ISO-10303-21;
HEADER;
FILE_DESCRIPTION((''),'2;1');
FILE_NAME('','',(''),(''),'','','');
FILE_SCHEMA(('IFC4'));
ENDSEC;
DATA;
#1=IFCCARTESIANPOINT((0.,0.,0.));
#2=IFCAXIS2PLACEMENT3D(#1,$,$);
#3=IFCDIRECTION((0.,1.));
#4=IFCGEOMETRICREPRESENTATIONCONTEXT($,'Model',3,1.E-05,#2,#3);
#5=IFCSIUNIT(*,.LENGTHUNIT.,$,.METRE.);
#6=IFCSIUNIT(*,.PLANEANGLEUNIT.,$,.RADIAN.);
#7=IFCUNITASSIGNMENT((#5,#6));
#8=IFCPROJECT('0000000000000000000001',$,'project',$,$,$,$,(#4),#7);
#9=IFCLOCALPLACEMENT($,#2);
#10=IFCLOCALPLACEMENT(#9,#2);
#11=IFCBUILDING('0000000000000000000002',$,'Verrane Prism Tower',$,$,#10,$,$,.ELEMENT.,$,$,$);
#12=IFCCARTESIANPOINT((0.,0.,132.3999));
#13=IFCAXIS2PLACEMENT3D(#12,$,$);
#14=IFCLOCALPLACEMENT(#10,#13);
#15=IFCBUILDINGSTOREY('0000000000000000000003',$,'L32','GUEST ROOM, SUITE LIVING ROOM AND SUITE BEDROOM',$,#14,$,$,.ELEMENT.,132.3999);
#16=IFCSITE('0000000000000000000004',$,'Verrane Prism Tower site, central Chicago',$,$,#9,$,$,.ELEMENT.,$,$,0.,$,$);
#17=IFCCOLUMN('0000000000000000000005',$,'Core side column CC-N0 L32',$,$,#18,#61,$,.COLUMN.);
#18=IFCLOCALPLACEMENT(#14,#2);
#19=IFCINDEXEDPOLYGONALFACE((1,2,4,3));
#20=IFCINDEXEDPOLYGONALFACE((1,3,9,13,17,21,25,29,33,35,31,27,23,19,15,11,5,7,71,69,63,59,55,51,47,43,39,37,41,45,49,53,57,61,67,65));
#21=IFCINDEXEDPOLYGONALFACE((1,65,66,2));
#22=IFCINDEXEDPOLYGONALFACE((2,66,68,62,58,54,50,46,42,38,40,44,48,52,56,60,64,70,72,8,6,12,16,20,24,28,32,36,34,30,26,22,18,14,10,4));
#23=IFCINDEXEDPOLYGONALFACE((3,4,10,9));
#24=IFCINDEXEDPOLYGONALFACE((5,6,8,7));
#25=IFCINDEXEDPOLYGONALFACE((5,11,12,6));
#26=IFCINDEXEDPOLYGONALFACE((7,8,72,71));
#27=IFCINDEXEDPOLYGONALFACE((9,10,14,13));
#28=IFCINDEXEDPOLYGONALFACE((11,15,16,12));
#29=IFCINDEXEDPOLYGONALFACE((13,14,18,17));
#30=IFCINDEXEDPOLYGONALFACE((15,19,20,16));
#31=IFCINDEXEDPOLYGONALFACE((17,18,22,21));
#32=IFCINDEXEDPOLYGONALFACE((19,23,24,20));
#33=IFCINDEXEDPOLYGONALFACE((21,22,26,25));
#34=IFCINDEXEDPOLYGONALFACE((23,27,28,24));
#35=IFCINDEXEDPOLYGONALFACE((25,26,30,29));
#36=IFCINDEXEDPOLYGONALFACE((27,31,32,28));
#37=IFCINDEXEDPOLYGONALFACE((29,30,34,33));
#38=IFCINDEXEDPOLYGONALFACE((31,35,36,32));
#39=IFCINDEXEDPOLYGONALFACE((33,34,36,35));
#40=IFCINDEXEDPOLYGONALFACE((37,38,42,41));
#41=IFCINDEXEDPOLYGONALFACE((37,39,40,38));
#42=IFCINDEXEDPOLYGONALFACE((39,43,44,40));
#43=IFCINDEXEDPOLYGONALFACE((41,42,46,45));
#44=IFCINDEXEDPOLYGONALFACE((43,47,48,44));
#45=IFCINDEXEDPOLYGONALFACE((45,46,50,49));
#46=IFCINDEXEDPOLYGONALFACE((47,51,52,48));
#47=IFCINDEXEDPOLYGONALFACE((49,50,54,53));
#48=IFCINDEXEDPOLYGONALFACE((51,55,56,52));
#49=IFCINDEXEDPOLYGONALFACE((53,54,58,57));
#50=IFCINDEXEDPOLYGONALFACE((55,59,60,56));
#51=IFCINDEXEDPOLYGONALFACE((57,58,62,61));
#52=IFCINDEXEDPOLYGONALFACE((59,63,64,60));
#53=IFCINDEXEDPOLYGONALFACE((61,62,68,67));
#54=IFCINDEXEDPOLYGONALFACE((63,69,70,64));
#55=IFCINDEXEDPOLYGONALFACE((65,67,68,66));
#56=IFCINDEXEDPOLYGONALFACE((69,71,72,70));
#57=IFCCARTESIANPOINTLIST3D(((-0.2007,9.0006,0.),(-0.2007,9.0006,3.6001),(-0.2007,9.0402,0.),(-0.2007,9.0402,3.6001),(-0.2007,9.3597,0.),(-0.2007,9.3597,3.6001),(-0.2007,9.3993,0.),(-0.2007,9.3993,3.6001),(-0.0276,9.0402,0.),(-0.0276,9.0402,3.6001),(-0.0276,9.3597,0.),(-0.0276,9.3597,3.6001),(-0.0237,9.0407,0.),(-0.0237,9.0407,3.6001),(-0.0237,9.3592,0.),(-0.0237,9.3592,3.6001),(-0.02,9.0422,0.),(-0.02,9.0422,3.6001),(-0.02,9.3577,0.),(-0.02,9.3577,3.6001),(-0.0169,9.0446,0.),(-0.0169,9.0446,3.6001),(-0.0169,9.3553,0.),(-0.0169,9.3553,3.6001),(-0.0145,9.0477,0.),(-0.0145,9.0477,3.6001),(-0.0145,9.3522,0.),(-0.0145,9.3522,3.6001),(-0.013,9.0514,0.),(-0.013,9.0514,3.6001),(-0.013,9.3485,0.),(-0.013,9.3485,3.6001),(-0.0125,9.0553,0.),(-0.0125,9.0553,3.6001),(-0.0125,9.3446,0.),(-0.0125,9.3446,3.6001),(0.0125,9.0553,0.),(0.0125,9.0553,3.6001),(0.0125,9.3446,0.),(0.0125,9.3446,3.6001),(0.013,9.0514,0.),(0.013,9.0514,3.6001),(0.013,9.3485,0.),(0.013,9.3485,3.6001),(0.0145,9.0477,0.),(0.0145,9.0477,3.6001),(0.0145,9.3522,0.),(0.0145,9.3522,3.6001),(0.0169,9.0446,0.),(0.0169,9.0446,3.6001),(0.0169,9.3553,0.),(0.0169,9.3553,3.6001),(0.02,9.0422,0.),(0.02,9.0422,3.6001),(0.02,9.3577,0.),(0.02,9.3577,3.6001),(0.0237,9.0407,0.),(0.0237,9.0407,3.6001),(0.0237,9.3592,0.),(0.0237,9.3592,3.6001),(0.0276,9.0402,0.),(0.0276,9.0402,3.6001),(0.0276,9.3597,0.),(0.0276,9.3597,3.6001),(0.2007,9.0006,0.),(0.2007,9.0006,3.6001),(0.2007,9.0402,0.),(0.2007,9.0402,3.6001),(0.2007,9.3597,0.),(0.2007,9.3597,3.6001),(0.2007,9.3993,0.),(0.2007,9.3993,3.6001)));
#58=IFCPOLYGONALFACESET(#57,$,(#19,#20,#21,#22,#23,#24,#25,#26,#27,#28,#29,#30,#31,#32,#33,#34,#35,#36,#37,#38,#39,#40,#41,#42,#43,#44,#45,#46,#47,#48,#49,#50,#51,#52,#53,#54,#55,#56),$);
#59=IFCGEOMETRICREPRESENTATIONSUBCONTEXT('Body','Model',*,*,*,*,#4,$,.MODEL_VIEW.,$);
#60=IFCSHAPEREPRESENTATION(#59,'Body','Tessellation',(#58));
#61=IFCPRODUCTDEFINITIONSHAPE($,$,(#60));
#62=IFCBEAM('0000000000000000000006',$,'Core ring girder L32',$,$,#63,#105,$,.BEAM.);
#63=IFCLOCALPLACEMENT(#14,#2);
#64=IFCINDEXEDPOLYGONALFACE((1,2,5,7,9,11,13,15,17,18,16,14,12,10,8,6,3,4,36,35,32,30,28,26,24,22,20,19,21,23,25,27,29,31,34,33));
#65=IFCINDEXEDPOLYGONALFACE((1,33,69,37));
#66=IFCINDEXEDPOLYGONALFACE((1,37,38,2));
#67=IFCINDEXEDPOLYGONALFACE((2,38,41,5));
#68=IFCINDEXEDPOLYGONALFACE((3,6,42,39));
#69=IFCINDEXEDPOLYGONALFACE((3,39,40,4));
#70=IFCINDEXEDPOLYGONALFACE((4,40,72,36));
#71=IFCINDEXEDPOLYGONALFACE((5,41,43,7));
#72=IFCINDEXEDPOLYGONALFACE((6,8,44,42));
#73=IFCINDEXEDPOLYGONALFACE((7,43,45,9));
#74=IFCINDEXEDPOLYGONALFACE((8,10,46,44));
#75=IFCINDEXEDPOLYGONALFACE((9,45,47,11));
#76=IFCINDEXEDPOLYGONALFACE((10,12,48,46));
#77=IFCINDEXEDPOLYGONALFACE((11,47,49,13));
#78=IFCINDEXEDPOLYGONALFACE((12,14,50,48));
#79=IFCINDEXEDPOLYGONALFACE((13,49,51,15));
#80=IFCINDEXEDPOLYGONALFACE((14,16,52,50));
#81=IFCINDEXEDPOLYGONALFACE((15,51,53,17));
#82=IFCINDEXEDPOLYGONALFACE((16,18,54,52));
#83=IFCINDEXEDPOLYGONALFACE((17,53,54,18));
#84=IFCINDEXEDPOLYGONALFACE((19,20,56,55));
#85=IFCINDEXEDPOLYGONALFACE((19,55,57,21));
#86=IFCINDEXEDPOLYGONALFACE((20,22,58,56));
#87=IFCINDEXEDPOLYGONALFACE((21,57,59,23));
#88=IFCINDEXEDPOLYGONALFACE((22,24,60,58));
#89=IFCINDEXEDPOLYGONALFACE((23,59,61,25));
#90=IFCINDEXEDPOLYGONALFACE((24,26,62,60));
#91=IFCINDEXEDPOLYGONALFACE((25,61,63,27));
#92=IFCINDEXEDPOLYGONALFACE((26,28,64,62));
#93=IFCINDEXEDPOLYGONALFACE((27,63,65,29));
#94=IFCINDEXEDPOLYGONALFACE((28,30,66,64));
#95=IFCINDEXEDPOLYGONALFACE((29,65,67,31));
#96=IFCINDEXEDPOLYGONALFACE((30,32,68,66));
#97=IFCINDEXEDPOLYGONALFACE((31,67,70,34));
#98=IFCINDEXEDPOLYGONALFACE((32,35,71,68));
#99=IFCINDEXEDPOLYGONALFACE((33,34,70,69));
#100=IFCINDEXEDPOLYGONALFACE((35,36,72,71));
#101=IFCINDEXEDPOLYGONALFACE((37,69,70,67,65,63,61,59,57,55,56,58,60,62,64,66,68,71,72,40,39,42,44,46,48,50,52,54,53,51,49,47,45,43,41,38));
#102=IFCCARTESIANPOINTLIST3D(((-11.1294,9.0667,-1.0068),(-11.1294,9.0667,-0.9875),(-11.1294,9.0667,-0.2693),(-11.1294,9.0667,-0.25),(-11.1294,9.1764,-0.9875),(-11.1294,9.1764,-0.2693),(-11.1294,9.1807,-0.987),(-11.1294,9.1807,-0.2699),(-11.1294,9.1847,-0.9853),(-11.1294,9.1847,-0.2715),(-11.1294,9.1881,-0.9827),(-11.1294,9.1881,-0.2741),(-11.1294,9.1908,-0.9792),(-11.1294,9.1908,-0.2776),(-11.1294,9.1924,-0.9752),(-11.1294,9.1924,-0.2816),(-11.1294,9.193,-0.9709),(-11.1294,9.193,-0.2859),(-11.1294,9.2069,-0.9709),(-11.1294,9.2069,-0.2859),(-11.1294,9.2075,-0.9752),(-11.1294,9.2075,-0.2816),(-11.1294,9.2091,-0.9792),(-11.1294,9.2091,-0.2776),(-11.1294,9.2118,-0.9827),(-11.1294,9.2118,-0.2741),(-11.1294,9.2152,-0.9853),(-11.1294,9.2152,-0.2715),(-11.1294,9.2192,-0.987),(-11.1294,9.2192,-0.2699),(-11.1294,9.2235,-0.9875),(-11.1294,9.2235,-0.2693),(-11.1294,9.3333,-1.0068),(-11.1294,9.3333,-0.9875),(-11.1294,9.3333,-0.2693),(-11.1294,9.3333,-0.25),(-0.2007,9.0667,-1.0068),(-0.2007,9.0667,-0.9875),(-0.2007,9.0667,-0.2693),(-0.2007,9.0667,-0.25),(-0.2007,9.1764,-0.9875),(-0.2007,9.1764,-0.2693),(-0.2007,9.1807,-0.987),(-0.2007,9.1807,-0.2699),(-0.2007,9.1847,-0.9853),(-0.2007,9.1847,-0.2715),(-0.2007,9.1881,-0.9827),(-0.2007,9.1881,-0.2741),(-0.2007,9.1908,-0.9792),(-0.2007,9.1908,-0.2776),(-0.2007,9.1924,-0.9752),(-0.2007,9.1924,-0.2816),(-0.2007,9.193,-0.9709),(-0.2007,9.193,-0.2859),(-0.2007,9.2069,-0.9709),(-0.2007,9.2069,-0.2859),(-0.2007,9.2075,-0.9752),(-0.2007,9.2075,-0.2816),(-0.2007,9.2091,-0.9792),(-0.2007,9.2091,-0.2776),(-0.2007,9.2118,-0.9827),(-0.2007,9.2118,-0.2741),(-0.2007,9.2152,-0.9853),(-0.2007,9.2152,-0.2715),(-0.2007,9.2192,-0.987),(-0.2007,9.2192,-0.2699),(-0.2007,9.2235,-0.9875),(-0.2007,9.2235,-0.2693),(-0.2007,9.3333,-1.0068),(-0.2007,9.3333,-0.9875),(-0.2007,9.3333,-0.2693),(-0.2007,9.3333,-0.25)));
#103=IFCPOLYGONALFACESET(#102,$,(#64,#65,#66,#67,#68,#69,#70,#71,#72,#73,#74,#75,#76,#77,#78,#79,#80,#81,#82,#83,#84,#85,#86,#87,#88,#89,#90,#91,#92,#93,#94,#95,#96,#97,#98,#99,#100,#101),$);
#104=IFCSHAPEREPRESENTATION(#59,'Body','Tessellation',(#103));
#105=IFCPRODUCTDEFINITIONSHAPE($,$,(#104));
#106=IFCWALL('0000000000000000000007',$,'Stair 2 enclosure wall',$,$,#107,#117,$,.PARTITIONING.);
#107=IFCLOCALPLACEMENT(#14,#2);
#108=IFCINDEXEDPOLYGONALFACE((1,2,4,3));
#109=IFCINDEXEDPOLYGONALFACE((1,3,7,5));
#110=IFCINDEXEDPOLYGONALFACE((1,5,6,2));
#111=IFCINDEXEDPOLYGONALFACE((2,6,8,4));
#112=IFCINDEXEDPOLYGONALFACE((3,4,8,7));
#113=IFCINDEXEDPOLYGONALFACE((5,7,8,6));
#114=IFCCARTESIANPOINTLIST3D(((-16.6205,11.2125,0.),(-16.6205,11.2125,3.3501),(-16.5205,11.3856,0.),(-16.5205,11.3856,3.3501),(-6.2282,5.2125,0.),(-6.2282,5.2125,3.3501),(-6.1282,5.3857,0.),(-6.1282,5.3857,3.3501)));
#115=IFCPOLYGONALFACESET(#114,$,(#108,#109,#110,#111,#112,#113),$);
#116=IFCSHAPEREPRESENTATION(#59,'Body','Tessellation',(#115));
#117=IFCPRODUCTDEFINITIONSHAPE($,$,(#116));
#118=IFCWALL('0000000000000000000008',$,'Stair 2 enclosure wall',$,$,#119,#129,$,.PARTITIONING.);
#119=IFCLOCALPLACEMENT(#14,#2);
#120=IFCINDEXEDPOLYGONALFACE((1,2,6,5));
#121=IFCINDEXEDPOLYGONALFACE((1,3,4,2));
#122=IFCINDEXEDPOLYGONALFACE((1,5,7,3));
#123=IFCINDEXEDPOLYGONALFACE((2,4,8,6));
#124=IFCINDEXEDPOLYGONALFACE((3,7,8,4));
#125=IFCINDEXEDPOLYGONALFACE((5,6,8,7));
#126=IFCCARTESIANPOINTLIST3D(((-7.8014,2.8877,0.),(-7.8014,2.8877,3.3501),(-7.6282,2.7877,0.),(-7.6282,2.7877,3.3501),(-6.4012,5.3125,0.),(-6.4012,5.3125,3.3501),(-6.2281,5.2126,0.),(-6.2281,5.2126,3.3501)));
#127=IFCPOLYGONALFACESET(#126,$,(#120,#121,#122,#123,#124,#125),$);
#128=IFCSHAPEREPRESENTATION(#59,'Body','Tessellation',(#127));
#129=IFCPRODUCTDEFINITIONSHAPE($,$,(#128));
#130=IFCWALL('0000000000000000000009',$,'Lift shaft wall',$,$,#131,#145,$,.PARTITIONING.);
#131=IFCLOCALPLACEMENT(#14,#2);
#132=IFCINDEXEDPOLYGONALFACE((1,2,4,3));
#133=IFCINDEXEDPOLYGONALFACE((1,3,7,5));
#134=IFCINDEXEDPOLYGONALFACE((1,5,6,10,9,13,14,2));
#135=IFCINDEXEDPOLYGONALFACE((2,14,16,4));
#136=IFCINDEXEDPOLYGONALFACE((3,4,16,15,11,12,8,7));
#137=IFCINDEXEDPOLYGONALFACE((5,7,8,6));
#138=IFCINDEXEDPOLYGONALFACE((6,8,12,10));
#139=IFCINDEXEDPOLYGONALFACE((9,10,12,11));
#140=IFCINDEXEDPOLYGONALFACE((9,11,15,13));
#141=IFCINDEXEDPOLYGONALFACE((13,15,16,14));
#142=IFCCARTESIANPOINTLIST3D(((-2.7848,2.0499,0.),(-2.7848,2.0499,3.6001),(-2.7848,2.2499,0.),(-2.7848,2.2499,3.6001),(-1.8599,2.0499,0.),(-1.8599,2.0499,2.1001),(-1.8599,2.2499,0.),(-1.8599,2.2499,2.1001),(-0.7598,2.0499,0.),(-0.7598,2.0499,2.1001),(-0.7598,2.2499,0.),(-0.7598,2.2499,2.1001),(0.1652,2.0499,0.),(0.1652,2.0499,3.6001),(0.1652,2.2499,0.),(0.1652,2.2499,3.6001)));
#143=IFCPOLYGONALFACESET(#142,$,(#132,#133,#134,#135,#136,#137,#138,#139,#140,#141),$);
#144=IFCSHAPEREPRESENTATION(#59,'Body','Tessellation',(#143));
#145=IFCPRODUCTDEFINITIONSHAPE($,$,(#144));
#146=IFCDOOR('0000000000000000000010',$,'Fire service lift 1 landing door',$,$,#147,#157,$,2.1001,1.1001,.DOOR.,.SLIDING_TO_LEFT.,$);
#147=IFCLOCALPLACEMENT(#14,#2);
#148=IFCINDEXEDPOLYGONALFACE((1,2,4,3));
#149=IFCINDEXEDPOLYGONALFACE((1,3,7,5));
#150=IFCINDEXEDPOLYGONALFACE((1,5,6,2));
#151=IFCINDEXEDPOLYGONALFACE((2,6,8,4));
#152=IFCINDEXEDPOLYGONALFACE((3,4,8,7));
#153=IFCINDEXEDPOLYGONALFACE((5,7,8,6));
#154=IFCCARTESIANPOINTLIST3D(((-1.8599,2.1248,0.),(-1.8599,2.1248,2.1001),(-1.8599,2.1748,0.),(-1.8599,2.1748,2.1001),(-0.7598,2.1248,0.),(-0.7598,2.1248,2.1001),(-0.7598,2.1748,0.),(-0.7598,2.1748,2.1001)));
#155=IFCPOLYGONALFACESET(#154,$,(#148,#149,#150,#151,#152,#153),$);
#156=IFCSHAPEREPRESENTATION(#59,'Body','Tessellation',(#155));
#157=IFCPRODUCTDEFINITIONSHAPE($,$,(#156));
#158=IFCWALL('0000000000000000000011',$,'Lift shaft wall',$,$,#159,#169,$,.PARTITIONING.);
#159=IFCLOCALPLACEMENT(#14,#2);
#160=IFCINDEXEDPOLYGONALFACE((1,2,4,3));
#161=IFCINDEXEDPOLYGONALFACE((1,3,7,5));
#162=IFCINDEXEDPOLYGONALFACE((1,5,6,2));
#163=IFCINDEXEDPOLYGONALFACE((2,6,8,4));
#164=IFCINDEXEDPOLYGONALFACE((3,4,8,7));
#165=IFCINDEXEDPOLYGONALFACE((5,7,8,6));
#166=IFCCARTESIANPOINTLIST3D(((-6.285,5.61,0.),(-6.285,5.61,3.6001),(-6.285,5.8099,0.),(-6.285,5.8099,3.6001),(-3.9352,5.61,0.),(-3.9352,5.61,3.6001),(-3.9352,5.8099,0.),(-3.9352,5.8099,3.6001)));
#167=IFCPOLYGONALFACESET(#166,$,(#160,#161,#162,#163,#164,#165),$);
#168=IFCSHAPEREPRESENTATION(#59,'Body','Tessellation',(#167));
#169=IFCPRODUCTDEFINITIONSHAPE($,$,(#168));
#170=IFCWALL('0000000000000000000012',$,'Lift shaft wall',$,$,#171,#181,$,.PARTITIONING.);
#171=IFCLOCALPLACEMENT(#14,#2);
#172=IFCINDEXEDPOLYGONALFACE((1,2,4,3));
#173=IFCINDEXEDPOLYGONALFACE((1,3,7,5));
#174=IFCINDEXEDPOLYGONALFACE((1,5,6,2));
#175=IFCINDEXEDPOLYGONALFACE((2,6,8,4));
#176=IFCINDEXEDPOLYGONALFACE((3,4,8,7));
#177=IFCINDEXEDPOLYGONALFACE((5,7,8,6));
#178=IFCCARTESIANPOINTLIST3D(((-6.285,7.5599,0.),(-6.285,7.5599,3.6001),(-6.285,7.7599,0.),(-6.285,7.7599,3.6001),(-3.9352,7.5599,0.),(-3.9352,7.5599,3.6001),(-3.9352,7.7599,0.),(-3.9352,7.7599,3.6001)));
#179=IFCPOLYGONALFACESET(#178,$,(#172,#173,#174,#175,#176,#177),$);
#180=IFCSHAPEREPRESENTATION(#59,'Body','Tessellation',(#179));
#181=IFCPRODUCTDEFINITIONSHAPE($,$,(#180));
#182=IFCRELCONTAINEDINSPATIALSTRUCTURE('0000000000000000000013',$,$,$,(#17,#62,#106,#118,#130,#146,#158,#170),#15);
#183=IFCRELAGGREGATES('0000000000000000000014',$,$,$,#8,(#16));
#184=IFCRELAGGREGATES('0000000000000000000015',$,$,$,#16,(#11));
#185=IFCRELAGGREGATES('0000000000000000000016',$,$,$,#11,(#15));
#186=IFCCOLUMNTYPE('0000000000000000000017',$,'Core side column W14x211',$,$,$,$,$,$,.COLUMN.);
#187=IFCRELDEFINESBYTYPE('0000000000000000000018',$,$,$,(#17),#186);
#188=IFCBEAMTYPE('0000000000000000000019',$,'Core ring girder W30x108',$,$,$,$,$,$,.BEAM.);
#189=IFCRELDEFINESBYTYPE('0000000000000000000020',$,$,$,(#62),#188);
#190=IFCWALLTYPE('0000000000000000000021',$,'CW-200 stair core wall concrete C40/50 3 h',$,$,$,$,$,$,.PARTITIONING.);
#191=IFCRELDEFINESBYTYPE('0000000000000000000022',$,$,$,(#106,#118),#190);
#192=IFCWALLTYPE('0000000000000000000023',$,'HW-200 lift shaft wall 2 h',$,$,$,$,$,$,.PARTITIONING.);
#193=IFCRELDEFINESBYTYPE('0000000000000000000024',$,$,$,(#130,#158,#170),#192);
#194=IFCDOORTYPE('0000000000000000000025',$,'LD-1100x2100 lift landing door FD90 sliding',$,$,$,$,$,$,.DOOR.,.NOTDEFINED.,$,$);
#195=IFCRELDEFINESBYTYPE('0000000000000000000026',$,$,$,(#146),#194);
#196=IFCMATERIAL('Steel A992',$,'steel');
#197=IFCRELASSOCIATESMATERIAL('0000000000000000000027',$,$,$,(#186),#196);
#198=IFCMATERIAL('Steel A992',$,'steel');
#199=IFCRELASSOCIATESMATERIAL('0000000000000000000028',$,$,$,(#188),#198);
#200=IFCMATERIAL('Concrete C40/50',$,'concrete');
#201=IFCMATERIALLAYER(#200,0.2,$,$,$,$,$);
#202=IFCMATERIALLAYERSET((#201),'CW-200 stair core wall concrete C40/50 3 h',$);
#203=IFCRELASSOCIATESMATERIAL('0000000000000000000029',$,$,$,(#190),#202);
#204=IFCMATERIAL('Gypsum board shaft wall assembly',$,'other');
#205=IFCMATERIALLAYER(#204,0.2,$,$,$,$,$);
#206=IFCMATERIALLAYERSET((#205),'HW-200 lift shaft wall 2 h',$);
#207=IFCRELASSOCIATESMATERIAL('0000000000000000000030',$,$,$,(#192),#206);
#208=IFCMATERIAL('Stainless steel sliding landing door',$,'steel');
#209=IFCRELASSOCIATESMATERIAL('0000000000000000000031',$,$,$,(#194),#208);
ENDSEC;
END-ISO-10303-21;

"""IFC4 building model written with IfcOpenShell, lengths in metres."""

from ifc_helpers import new_model, si_unit, direction, frame, frame_2d, origin, origin_2d, place, context, subcontext, project, spatial, rectangle, i_section, extrude, material, layer, layer_set, material_profile, profile_set, type_object, element, fill, save


model = new_model("IFC4")

# Units and contexts
model_context = context("Model", 3, precision=1e-05, world=origin(), true_north=direction((0.0, 1.0)))
body_context = subcontext(model_context, "Body", "Model", "MODEL_VIEW")
ifc_project = project(units=[si_unit("LENGTHUNIT", "METRE"), si_unit("PLANEANGLEUNIT", "RADIAN")], contexts=[model_context])

# Site, building, storey
site_placement = place(None, origin())
site = spatial("IfcSite", under=ifc_project, at=site_placement, Name="Verrane Prism Tower site, central Chicago", CompositionType="ELEMENT", RefElevation=0.0)
building_placement = place(site_placement, origin())
building = spatial("IfcBuilding", under=site, at=building_placement, Name="Verrane Prism Tower", CompositionType="ELEMENT")
storey_placement = place(building_placement, frame((0.0, 0.0, 132.3999)))
storey = spatial("IfcBuildingStorey", under=building, at=storey_placement, Name="L32", Description="GUEST ROOM, SUITE LIVING ROOM AND SUITE BEDROOM", CompositionType="ELEMENT", Elevation=132.3999)

# Column
ifc_material_1 = material(Name="Steel A992", Category="steel")
ifc_material_profile_1 = material_profile(ifc_material_1, i_section(OverallWidth=0.4014, OverallDepth=0.3987, WebThickness=0.0249, FlangeThickness=0.0396, FilletRadius=0.0151, at=origin_2d()), Name="W14x211")
ifc_profile_set_1 = profile_set([ifc_material_profile_1], Name="Steel A992")
column_type = type_object("IfcColumnType", Name="Core side column W14x211", PredefinedType="COLUMN", material=ifc_profile_set_1)
column_placement = place(storey_placement, frame((0.0, 9.2, 0.0), z_axis=(0.0, 0.0, 1.0), x_axis=(1.0, 0.0, 0.0)))
element("IfcColumn", 1, at=column_placement, inside=storey, type_object=column_type, Name="Core side column CC-N0 L32", PredefinedType="COLUMN", context=body_context, shape_type="SweptSolid", body=[
    extrude(i_section(OverallWidth=0.4014, OverallDepth=0.3987, WebThickness=0.0249, FlangeThickness=0.0396, FilletRadius=0.0151, at=origin_2d()), origin(), (0.0, 0.0, 1.0), 3.6001),
])

# Beam
ifc_material_2 = material(Name="Steel A992", Category="steel")
ifc_material_profile_2 = material_profile(ifc_material_2, i_section(OverallWidth=0.2666, OverallDepth=0.7568, WebThickness=0.0139, FlangeThickness=0.0193, FilletRadius=0.0166, at=origin_2d()), Name="W30x108")
ifc_profile_set_2 = profile_set([ifc_material_profile_2], Name="Steel A992")
beam_type = type_object("IfcBeamType", Name="Core ring girder W30x108", PredefinedType="BEAM", material=ifc_profile_set_2)
beam_placement = place(storey_placement, frame((-0.2007, 9.2, -0.6284), z_axis=(-1.0, 0.0, 0.0), x_axis=(0.0, -1.0, 0.0)))
element("IfcBeam", 2, at=beam_placement, inside=storey, type_object=beam_type, Name="Core ring girder L32", PredefinedType="BEAM", context=body_context, shape_type="SweptSolid", body=[
    extrude(i_section(OverallWidth=0.2666, OverallDepth=0.7568, WebThickness=0.0139, FlangeThickness=0.0193, FilletRadius=0.0166, at=origin_2d()), origin(), (0.0, 0.0, 1.0), 10.9287),
])

# Walls
ifc_material_3 = material(Name="Concrete C40/50", Category="concrete")
ifc_layer_1 = layer(ifc_material_3, 0.2)
ifc_layer_set_1 = layer_set([ifc_layer_1], Name="CW-200 stair core wall concrete C40/50 3 h")
wall_type_1 = type_object("IfcWallType", Name="CW-200 stair core wall concrete C40/50 3 h", PredefinedType="PARTITIONING", material=ifc_layer_set_1)
wall_1_placement = place(storey_placement, frame((-6.1782, 5.2991, 0.0), z_axis=(0.0, 0.0, 1.0), x_axis=(-0.866026, 0.499999, 0.0)))
element("IfcWall", 3, at=wall_1_placement, inside=storey, type_object=wall_type_1, Name="Stair 2 enclosure wall", PredefinedType="PARTITIONING", context=body_context, shape_type="SweptSolid", body=[
    extrude(rectangle(XDim=12.0, YDim=0.2, at=frame_2d((6.0, 0.0))), origin(), (0.0, 0.0, 1.0), 3.3501),
])
wall_2_placement = place(storey_placement, frame((-6.3147, 5.2625, 0.0), z_axis=(0.0, 0.0, 1.0), x_axis=(-0.50005, -0.865997, 0.0)))
element("IfcWall", 4, at=wall_2_placement, inside=storey, type_object=wall_type_1, Name="Stair 2 enclosure wall", PredefinedType="PARTITIONING", context=body_context, shape_type="SweptSolid", body=[
    extrude(rectangle(XDim=2.8, YDim=0.2, at=frame_2d((1.3999, 0.0))), origin(), (0.0, 0.0, 1.0), 3.3501),
])

# Wall, opening, door
ifc_material_4 = material(Name="Gypsum board shaft wall assembly", Category="other")
ifc_layer_2 = layer(ifc_material_4, 0.2)
ifc_layer_set_2 = layer_set([ifc_layer_2], Name="HW-200 lift shaft wall 2 h")
wall_type_2 = type_object("IfcWallType", Name="HW-200 lift shaft wall 2 h", PredefinedType="PARTITIONING", material=ifc_layer_set_2)
wall_3_placement = place(storey_placement, frame((-2.7849, 2.1499, 0.0), z_axis=(0.0, 0.0, 1.0), x_axis=(1.0, 0.0, 0.0)))
wall_3 = element("IfcWall", 5, at=wall_3_placement, inside=storey, type_object=wall_type_2, Name="Lift shaft wall", PredefinedType="PARTITIONING", context=body_context, shape_type="SweptSolid", body=[
    extrude(rectangle(XDim=2.95, YDim=0.2, at=frame_2d((1.4751, 0.0))), origin(), (0.0, 0.0, 1.0), 3.6001),
])
opening_1_placement = place(wall_3_placement, frame((0.925, 0.0, 0.0)))
opening_1 = element("IfcOpeningElement", 6, at=opening_1_placement, cuts=wall_3, PredefinedType="OPENING", context=body_context, shape_type="SweptSolid", body=[
    extrude(rectangle(XDim=1.1001, YDim=2.1001, at=frame_2d((0.55, 1.05))), frame((0.0, 0.1099, 0.0), z_axis=(0.0, -1.0, 0.0), x_axis=(1.0, 0.0, 0.0)), (0.0, 0.0, 1.0), 0.22),
])
ifc_material_5 = material(Name="Stainless steel sliding landing door", Category="steel")
door_type_1 = type_object("IfcDoorType", Name="LD-1100x2100 lift landing door FD90 sliding", OperationType="NOTDEFINED", PredefinedType="DOOR", material=ifc_material_5)
door_1_placement = place(opening_1_placement, origin())
door_1 = element("IfcDoor", 7, at=door_1_placement, inside=storey, type_object=door_type_1, Name="Fire service lift 1 landing door", OperationType="SLIDING_TO_LEFT", OverallHeight=2.1001, OverallWidth=1.1001, PredefinedType="DOOR", context=body_context, shape_type="SweptSolid", body=[
    extrude(rectangle(XDim=1.1001, YDim=2.1001, at=frame_2d((0.55, 1.05))), frame((0.0, 0.0249, 0.0), z_axis=(0.0, -1.0, 0.0), x_axis=(1.0, 0.0, 0.0)), (0.0, 0.0, 1.0), 0.05),
])
fill(opening_1, door_1)

# Walls
for number, where, z_axis, x_axis, name in (
    (8, (-6.2849, 5.71, 0.0), (0.0, 0.0, 1.0), (1.0, 0.0, 0.0), "Lift shaft wall"),
    (9, (-6.2849, 7.6599, 0.0), (0.0, 0.0, 1.0), (1.0, 0.0, 0.0), "Lift shaft wall"),
):
    element("IfcWall", number, at=place(storey_placement, frame(where, z_axis=z_axis, x_axis=x_axis)), inside=storey, type_object=wall_type_2, Name=name, PredefinedType="PARTITIONING", context=body_context, shape_type="SweptSolid", body=[
        extrude(rectangle(XDim=2.3499, YDim=0.2, at=frame_2d((1.1748, 0.0))), origin(), (0.0, 0.0, 1.0), 3.6001),
    ])

save(model, "model.ifc")
